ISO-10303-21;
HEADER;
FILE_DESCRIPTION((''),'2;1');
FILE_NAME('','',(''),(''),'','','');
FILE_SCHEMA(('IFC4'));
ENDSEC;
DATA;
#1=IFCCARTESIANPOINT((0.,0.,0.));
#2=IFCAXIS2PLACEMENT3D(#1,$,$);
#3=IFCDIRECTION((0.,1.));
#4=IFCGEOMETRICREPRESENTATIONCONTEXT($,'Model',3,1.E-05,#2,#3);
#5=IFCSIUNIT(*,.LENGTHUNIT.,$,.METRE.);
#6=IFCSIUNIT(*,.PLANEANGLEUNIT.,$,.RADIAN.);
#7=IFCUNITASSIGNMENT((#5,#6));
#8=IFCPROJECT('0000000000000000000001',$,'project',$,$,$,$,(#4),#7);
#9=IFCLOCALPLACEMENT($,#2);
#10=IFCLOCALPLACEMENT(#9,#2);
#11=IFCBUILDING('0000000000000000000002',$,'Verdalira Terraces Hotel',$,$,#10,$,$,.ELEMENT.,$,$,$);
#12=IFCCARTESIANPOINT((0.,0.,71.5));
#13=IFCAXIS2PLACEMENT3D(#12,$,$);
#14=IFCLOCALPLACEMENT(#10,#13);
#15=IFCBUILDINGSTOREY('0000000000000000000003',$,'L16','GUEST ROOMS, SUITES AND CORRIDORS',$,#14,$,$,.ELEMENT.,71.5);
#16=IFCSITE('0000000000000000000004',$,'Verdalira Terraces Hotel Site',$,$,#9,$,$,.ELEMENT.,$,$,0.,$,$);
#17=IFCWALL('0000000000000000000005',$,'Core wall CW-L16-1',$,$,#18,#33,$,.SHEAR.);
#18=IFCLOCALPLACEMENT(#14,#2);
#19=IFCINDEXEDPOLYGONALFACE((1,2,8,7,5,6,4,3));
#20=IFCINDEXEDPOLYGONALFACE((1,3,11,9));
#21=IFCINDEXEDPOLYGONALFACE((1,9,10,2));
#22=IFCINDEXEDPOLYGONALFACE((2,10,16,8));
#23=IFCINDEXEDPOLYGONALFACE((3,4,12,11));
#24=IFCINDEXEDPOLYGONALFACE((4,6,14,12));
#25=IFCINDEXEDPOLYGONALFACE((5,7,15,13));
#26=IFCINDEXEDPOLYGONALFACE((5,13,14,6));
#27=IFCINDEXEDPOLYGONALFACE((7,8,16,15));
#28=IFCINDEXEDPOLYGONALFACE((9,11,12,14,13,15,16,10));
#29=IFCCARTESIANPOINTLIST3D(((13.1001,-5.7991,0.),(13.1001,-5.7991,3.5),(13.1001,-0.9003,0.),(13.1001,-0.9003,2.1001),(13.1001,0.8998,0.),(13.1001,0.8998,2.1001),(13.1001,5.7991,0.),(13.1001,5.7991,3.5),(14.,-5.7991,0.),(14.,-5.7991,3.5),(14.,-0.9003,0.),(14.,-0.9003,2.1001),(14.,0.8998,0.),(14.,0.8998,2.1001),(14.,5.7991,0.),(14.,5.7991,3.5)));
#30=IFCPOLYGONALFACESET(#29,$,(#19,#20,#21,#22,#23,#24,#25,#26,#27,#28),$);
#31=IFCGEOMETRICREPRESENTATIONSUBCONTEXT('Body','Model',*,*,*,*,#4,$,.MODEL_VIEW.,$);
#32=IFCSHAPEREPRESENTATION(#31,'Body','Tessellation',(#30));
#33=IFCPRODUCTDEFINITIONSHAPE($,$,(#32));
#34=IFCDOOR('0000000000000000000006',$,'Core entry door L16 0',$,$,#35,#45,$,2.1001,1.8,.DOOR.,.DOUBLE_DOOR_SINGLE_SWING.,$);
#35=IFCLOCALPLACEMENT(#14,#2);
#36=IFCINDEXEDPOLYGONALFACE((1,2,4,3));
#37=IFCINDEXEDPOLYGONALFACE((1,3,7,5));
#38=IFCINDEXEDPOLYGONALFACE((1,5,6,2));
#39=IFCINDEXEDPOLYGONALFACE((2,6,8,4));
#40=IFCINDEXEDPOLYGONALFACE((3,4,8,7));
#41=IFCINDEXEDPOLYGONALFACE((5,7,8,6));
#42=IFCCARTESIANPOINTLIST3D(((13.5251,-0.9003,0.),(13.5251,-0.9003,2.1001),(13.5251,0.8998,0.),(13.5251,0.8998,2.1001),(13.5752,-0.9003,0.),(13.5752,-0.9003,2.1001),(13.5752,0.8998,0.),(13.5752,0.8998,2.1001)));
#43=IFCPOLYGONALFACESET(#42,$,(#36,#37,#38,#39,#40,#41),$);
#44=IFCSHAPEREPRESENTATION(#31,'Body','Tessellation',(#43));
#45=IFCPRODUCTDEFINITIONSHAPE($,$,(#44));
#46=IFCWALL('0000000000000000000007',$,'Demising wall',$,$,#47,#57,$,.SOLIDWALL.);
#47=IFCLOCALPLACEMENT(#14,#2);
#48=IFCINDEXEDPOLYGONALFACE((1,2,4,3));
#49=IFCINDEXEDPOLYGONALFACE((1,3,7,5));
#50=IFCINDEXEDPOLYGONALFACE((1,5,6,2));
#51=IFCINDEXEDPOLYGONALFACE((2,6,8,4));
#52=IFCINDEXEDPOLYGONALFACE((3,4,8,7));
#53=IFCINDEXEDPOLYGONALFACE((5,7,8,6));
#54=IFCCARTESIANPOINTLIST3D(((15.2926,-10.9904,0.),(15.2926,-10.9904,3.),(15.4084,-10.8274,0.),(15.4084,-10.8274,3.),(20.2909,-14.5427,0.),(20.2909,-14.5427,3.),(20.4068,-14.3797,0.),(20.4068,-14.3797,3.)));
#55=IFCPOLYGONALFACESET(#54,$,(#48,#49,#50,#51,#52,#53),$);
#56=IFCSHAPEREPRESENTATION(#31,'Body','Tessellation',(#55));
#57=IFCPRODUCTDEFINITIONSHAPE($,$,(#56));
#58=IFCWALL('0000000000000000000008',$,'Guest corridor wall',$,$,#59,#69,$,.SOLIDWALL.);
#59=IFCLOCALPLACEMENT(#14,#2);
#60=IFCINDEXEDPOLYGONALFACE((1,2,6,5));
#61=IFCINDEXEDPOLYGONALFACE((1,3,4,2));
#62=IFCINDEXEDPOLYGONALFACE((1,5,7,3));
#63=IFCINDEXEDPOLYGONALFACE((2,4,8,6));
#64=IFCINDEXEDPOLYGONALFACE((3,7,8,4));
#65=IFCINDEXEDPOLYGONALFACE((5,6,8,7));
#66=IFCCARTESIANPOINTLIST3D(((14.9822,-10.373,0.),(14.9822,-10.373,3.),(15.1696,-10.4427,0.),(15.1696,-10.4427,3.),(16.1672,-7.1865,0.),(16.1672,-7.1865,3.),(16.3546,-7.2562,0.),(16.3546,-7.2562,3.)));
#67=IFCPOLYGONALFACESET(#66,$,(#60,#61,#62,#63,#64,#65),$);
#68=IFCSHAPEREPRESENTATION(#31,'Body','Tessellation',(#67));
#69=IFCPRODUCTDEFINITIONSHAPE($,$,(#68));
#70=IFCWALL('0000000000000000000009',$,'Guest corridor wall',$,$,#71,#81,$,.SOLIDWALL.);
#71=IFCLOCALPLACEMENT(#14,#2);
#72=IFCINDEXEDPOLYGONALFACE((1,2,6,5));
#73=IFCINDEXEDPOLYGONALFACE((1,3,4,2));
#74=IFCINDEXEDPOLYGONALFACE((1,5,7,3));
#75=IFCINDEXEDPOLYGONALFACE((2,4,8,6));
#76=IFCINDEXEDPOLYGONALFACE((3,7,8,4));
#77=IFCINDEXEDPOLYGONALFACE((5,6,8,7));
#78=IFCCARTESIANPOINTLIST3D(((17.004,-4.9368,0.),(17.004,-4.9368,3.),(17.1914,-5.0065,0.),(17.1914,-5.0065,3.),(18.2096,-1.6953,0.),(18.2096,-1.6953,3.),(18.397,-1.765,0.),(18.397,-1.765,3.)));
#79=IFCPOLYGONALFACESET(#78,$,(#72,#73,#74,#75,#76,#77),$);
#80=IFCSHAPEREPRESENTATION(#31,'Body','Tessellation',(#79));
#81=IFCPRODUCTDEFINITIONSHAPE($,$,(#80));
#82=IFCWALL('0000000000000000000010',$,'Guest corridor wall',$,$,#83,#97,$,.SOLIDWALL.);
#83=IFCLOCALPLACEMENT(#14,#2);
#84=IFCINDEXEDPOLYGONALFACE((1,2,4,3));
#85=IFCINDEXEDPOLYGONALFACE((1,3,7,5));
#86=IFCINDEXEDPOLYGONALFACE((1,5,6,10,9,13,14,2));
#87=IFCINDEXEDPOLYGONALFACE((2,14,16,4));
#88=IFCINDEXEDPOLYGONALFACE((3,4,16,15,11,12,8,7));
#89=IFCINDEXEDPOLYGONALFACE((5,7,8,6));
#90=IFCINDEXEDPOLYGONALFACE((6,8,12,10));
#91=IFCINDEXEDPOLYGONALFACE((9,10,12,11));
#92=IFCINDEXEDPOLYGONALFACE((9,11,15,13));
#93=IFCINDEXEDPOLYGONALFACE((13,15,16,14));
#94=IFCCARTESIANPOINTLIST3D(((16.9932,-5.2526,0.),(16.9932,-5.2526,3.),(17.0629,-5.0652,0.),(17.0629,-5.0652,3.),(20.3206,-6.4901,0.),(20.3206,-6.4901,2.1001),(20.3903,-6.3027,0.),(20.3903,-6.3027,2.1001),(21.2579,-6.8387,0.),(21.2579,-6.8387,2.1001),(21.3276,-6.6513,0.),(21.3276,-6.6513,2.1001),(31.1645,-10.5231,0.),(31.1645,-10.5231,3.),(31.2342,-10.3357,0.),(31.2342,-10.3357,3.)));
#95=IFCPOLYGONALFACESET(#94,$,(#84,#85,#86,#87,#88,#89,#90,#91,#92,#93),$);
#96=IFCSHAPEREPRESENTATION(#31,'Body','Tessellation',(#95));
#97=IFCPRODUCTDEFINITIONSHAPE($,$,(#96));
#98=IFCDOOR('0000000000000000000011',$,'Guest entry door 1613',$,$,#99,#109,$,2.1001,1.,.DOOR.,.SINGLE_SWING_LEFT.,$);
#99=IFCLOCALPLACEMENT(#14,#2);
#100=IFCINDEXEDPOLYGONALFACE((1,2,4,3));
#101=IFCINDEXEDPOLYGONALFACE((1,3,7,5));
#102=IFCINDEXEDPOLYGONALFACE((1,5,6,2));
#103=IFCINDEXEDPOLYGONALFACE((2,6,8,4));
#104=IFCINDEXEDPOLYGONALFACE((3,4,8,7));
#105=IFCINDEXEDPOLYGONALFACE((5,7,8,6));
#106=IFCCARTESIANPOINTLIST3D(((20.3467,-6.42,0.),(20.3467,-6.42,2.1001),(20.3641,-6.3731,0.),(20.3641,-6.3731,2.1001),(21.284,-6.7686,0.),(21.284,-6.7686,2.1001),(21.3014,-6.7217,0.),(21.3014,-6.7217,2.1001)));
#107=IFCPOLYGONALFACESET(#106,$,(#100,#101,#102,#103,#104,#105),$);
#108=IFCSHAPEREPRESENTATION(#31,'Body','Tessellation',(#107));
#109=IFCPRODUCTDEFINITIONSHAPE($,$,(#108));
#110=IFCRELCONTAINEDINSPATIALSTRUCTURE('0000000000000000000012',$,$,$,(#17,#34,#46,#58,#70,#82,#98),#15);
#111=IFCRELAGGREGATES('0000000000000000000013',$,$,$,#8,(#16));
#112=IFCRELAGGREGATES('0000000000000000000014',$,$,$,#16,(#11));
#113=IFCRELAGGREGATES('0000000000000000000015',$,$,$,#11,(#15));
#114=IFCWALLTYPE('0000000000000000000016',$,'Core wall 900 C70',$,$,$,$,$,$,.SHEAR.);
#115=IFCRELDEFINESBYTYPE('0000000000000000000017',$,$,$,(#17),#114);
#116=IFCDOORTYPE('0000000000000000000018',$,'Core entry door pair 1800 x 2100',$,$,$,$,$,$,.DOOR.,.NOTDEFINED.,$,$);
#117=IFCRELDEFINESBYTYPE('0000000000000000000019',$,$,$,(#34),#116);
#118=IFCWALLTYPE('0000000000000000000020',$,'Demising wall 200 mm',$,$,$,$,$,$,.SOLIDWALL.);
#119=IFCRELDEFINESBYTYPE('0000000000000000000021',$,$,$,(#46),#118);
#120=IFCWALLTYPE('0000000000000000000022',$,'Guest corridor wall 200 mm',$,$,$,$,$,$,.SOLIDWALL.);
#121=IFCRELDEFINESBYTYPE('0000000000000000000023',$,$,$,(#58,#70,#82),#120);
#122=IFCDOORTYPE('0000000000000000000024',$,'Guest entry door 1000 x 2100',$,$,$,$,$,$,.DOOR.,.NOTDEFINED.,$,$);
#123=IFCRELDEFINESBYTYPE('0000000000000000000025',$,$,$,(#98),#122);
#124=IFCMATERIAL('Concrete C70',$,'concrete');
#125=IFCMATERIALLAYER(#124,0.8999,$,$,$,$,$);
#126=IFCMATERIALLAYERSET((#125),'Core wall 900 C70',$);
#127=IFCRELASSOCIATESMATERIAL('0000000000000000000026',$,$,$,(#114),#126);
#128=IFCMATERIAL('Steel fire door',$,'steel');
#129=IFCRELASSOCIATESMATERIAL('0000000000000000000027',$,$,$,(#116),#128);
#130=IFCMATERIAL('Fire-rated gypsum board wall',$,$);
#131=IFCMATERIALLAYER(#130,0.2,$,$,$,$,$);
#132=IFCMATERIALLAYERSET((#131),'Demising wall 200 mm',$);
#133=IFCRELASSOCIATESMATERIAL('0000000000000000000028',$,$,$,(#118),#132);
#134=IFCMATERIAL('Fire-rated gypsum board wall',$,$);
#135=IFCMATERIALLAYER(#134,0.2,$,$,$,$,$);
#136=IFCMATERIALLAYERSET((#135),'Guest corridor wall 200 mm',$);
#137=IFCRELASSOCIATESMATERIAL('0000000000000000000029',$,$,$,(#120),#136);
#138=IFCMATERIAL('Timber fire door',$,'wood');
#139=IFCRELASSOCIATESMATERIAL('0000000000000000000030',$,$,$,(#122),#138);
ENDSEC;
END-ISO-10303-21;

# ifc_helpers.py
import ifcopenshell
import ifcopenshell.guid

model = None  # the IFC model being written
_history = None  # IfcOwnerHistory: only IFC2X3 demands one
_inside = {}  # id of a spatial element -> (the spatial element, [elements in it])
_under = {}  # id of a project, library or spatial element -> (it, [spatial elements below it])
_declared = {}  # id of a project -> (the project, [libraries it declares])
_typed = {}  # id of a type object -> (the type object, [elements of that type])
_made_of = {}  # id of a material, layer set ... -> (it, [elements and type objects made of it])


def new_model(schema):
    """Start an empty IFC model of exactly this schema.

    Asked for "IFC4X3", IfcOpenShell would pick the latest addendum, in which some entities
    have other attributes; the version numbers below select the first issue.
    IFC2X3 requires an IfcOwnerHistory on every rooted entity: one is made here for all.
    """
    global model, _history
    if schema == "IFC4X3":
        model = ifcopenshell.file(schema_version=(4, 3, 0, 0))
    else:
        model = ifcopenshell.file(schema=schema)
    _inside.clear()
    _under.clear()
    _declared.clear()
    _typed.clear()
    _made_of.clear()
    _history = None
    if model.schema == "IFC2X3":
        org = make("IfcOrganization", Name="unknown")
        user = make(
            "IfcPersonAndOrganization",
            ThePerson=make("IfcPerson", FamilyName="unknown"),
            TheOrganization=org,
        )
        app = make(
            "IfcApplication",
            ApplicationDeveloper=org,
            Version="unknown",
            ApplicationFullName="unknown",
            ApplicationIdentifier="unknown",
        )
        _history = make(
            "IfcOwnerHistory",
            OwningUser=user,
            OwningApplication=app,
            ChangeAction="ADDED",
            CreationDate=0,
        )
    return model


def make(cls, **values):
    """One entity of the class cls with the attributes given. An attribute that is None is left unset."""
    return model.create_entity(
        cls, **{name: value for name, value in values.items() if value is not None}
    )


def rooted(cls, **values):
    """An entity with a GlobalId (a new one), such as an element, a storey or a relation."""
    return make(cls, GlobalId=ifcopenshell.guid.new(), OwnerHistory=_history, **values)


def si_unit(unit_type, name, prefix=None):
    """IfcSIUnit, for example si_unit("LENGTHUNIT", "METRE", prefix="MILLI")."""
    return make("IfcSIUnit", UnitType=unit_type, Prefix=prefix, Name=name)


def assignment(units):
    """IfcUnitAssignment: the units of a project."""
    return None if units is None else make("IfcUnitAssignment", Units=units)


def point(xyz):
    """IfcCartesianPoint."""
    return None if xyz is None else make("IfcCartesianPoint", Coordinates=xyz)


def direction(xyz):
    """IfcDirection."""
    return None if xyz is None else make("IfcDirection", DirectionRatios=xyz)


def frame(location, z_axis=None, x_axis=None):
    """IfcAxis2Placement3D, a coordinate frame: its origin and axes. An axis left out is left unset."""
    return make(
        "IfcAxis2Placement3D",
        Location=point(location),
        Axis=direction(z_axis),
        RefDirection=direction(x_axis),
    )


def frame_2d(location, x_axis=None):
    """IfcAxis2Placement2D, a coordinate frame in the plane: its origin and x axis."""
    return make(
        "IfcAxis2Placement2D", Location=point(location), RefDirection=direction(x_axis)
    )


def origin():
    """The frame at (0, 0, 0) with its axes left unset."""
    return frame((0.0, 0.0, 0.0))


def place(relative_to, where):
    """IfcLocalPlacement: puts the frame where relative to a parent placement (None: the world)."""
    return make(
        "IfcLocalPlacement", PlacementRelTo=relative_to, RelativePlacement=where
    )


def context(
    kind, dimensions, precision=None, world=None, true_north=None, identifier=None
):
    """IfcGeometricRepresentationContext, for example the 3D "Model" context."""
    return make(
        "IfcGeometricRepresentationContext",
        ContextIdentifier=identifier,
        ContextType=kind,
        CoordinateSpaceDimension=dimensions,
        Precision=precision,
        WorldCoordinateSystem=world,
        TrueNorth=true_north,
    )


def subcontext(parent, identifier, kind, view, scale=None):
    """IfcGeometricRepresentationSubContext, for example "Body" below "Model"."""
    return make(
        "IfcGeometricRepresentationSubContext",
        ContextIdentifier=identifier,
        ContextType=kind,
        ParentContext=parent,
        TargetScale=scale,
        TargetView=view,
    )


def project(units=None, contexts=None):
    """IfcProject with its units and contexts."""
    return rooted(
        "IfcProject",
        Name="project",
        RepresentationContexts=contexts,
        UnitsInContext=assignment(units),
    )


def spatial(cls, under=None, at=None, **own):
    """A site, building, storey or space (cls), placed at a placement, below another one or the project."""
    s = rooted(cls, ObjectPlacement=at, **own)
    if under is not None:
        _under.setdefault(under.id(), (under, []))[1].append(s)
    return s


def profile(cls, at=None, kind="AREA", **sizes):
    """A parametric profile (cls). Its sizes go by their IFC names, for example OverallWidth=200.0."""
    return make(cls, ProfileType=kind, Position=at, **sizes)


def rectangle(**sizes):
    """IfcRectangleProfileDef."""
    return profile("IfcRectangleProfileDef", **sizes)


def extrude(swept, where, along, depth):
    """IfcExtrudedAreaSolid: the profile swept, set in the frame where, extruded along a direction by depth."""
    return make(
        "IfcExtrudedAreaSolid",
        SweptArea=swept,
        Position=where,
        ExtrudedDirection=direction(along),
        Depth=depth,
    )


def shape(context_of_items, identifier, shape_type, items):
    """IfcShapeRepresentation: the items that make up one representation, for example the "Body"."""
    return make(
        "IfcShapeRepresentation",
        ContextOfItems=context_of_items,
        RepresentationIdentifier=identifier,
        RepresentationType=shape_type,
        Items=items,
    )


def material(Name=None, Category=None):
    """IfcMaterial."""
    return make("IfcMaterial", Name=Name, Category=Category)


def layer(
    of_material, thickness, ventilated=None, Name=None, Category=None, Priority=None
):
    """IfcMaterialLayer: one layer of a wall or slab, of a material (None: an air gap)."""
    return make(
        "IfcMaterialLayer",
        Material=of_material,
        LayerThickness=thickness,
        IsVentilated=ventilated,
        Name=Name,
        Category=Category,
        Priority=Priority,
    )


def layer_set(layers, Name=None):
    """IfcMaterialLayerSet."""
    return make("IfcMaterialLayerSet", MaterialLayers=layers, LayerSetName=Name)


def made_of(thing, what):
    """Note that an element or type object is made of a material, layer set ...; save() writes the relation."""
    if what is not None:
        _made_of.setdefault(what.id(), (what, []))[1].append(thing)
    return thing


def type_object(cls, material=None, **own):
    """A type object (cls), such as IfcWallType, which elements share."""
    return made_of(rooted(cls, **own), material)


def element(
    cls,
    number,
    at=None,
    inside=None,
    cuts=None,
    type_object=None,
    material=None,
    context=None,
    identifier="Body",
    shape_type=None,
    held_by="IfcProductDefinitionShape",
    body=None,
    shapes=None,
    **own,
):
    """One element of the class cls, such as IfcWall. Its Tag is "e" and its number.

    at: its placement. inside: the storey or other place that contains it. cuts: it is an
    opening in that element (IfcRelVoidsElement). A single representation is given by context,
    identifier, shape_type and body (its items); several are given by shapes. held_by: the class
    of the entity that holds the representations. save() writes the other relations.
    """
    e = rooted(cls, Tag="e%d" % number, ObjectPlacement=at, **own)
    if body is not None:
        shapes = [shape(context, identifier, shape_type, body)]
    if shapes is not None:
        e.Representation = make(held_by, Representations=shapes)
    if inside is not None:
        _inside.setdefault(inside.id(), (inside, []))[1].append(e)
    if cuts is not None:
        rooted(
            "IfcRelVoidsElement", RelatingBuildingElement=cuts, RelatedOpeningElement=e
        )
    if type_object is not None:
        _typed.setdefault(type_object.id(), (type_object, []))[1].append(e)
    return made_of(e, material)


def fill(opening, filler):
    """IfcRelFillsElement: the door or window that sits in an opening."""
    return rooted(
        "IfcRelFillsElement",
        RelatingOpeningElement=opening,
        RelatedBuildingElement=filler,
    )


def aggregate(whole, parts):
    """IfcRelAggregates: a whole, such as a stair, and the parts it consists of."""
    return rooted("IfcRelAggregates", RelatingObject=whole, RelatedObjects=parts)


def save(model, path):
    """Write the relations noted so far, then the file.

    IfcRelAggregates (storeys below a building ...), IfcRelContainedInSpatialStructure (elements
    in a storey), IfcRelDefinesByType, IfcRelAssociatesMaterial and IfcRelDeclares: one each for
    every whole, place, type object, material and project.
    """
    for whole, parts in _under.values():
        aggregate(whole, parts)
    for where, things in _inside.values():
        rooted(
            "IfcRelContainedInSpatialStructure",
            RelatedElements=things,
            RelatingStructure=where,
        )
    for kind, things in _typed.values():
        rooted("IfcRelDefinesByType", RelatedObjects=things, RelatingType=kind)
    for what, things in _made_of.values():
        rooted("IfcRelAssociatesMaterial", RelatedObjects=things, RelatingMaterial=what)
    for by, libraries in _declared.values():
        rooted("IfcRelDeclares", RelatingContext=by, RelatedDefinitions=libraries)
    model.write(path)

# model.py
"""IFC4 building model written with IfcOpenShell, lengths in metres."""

from ifc_helpers import new_model, si_unit, direction, frame, frame_2d, origin, place, context, subcontext, project, spatial, rectangle, extrude, material, layer, layer_set, type_object, element, fill, save


model = new_model("IFC4")

# Units and contexts
model_context = context("Model", 3, precision=1e-05, world=origin(), true_north=direction((0.0, 1.0)))
body_context = subcontext(model_context, "Body", "Model", "MODEL_VIEW")
ifc_project = project(units=[si_unit("LENGTHUNIT", "METRE"), si_unit("PLANEANGLEUNIT", "RADIAN")], contexts=[model_context])

# Site, building, storey
site_placement = place(None, origin())
site = spatial("IfcSite", under=ifc_project, at=site_placement, Name="Verdalira Terraces Hotel Site", CompositionType="ELEMENT", RefElevation=0.0)
building_placement = place(site_placement, origin())
building = spatial("IfcBuilding", under=site, at=building_placement, Name="Verdalira Terraces Hotel", CompositionType="ELEMENT")
storey_placement = place(building_placement, frame((0.0, 0.0, 71.5)))
storey = spatial("IfcBuildingStorey", under=building, at=storey_placement, Name="L16", Description="GUEST ROOMS, SUITES AND CORRIDORS", CompositionType="ELEMENT", Elevation=71.5)

# Wall, opening, door
ifc_material_1 = material(Name="Concrete C70", Category="concrete")
ifc_layer_1 = layer(ifc_material_1, 0.8999)
ifc_layer_set_1 = layer_set([ifc_layer_1], Name="Core wall 900 C70")
wall_type_1 = type_object("IfcWallType", Name="Core wall 900 C70", PredefinedType="SHEAR", material=ifc_layer_set_1)
wall_1_placement = place(storey_placement, frame((13.55, -5.7991, 0.0), z_axis=(0.0, 0.0, 1.0), x_axis=(0.0, 1.0, 0.0)))
wall_1 = element("IfcWall", 1, at=wall_1_placement, inside=storey, type_object=wall_type_1, Name="Core wall CW-L16-1", PredefinedType="SHEAR", context=body_context, shape_type="SweptSolid", body=[
    extrude(rectangle(XDim=11.5981, YDim=0.8999, at=frame_2d((5.7991, 0.0))), origin(), (0.0, 0.0, 1.0), 3.5),
])
opening_1_placement = place(wall_1_placement, frame((4.8989, 0.0, 0.0)))
opening_1 = element("IfcOpeningElement", 2, at=opening_1_placement, cuts=wall_1, PredefinedType="OPENING", context=body_context, shape_type="SweptSolid", body=[
    extrude(rectangle(XDim=1.8, YDim=2.1001, at=frame_2d((0.8999, 1.05))), frame((0.0, 0.46, 0.0), z_axis=(0.0, -1.0, 0.0), x_axis=(1.0, 0.0, 0.0)), (0.0, 0.0, 1.0), 0.9199),
])
ifc_material_2 = material(Name="Steel fire door", Category="steel")
door_type_1 = type_object("IfcDoorType", Name="Core entry door pair 1800 x 2100", OperationType="NOTDEFINED", PredefinedType="DOOR", material=ifc_material_2)
door_1_placement = place(opening_1_placement, origin())
door_1 = element("IfcDoor", 3, at=door_1_placement, inside=storey, type_object=door_type_1, Name="Core entry door L16 0", OperationType="DOUBLE_DOOR_SINGLE_SWING", OverallHeight=2.1001, OverallWidth=1.8, PredefinedType="DOOR", context=body_context, shape_type="SweptSolid", body=[
    extrude(rectangle(XDim=1.8, YDim=2.1001, at=frame_2d((0.8999, 1.05))), frame((0.0, 0.0249, 0.0), z_axis=(0.0, -1.0, 0.0), x_axis=(1.0, 0.0, 0.0)), (0.0, 0.0, 1.0), 0.05),
])
fill(opening_1, door_1)

# Walls
ifc_material_3 = material(Name="Fire-rated gypsum board wall")
ifc_layer_2 = layer(ifc_material_3, 0.2)
ifc_layer_set_2 = layer_set([ifc_layer_2], Name="Demising wall 200 mm")
wall_type_2 = type_object("IfcWallType", Name="Demising wall 200 mm", PredefinedType="SOLIDWALL", material=ifc_layer_set_2)
wall_2_placement = place(storey_placement, frame((15.3506, -10.9089, 0.0), z_axis=(0.0, 0.0, 1.0), x_axis=(0.815117, -0.579297, 0.0)))
element("IfcWall", 4, at=wall_2_placement, inside=storey, type_object=wall_type_2, Name="Demising wall", PredefinedType="SOLIDWALL", context=body_context, shape_type="SweptSolid", body=[
    extrude(rectangle(XDim=6.1321, YDim=0.2, at=frame_2d((3.0659, 0.0))), origin(), (0.0, 0.0, 1.0), 3.0),
])
ifc_material_4 = material(Name="Fire-rated gypsum board wall")
ifc_layer_3 = layer(ifc_material_4, 0.2)
ifc_layer_set_3 = layer_set([ifc_layer_3], Name="Guest corridor wall 200 mm")
wall_type_3 = type_object("IfcWallType", Name="Guest corridor wall 200 mm", PredefinedType="SOLIDWALL", material=ifc_layer_set_3)
wall_3_placement = place(storey_placement, frame((15.0759, -10.4077, 0.0), z_axis=(0.0, 0.0, 1.0), x_axis=(0.348572, 0.937282, 0.0)))
element("IfcWall", 5, at=wall_3_placement, inside=storey, type_object=wall_type_3, Name="Guest corridor wall", PredefinedType="SOLIDWALL", context=body_context, shape_type="SweptSolid", body=[
    extrude(rectangle(XDim=3.3997, YDim=0.2, at=frame_2d((1.6997, 0.0))), origin(), (0.0, 0.0, 1.0), 3.0),
])
wall_4_placement = place(storey_placement, frame((17.0977, -4.9717, 0.0), z_axis=(0.0, 0.0, 1.0), x_axis=(0.348592, 0.937274, 0.0)))
element("IfcWall", 6, at=wall_4_placement, inside=storey, type_object=wall_type_3, Name="Guest corridor wall", PredefinedType="SOLIDWALL", context=body_context, shape_type="SweptSolid", body=[
    extrude(rectangle(XDim=3.4585, YDim=0.2, at=frame_2d((1.7292, 0.0))), origin(), (0.0, 0.0, 1.0), 3.0),
])

# Wall, opening, door
wall_5_placement = place(storey_placement, frame((17.0281, -5.1589, 0.0), z_axis=(0.0, 0.0, 1.0), x_axis=(0.937277, -0.348585, 0.0)))
wall_5 = element("IfcWall", 7, at=wall_5_placement, inside=storey, type_object=wall_type_3, Name="Guest corridor wall", PredefinedType="SOLIDWALL", context=body_context, shape_type="SweptSolid", body=[
    extrude(rectangle(XDim=15.1196, YDim=0.2, at=frame_2d((7.5598, 0.0))), origin(), (0.0, 0.0, 1.0), 3.0),
])
opening_2_placement = place(wall_5_placement, frame((3.55, 0.0, 0.0)))
opening_2 = element("IfcOpeningElement", 8, at=opening_2_placement, cuts=wall_5, PredefinedType="OPENING", context=body_context, shape_type="SweptSolid", body=[
    extrude(rectangle(XDim=1.0, YDim=2.1001, at=frame_2d((0.5, 1.05))), frame((0.0, 0.1099, 0.0), z_axis=(0.0, -1.0, 0.0), x_axis=(1.0, 0.0, 0.0)), (0.0, 0.0, 1.0), 0.22),
])
ifc_material_5 = material(Name="Timber fire door", Category="wood")
door_type_2 = type_object("IfcDoorType", Name="Guest entry door 1000 x 2100", OperationType="NOTDEFINED", PredefinedType="DOOR", material=ifc_material_5)
door_2_placement = place(opening_2_placement, origin())
door_2 = element("IfcDoor", 9, at=door_2_placement, inside=storey, type_object=door_type_2, Name="Guest entry door 1613", OperationType="SINGLE_SWING_LEFT", OverallHeight=2.1001, OverallWidth=1.0, PredefinedType="DOOR", context=body_context, shape_type="SweptSolid", body=[
    extrude(rectangle(XDim=1.0, YDim=2.1001, at=frame_2d((0.5, 1.05))), frame((0.0, 0.0249, 0.0), z_axis=(0.0, -1.0, 0.0), x_axis=(1.0, 0.0, 0.0)), (0.0, 0.0, 1.0), 0.05),
])
fill(opening_2, door_2)

save(model, "model.ifc")
